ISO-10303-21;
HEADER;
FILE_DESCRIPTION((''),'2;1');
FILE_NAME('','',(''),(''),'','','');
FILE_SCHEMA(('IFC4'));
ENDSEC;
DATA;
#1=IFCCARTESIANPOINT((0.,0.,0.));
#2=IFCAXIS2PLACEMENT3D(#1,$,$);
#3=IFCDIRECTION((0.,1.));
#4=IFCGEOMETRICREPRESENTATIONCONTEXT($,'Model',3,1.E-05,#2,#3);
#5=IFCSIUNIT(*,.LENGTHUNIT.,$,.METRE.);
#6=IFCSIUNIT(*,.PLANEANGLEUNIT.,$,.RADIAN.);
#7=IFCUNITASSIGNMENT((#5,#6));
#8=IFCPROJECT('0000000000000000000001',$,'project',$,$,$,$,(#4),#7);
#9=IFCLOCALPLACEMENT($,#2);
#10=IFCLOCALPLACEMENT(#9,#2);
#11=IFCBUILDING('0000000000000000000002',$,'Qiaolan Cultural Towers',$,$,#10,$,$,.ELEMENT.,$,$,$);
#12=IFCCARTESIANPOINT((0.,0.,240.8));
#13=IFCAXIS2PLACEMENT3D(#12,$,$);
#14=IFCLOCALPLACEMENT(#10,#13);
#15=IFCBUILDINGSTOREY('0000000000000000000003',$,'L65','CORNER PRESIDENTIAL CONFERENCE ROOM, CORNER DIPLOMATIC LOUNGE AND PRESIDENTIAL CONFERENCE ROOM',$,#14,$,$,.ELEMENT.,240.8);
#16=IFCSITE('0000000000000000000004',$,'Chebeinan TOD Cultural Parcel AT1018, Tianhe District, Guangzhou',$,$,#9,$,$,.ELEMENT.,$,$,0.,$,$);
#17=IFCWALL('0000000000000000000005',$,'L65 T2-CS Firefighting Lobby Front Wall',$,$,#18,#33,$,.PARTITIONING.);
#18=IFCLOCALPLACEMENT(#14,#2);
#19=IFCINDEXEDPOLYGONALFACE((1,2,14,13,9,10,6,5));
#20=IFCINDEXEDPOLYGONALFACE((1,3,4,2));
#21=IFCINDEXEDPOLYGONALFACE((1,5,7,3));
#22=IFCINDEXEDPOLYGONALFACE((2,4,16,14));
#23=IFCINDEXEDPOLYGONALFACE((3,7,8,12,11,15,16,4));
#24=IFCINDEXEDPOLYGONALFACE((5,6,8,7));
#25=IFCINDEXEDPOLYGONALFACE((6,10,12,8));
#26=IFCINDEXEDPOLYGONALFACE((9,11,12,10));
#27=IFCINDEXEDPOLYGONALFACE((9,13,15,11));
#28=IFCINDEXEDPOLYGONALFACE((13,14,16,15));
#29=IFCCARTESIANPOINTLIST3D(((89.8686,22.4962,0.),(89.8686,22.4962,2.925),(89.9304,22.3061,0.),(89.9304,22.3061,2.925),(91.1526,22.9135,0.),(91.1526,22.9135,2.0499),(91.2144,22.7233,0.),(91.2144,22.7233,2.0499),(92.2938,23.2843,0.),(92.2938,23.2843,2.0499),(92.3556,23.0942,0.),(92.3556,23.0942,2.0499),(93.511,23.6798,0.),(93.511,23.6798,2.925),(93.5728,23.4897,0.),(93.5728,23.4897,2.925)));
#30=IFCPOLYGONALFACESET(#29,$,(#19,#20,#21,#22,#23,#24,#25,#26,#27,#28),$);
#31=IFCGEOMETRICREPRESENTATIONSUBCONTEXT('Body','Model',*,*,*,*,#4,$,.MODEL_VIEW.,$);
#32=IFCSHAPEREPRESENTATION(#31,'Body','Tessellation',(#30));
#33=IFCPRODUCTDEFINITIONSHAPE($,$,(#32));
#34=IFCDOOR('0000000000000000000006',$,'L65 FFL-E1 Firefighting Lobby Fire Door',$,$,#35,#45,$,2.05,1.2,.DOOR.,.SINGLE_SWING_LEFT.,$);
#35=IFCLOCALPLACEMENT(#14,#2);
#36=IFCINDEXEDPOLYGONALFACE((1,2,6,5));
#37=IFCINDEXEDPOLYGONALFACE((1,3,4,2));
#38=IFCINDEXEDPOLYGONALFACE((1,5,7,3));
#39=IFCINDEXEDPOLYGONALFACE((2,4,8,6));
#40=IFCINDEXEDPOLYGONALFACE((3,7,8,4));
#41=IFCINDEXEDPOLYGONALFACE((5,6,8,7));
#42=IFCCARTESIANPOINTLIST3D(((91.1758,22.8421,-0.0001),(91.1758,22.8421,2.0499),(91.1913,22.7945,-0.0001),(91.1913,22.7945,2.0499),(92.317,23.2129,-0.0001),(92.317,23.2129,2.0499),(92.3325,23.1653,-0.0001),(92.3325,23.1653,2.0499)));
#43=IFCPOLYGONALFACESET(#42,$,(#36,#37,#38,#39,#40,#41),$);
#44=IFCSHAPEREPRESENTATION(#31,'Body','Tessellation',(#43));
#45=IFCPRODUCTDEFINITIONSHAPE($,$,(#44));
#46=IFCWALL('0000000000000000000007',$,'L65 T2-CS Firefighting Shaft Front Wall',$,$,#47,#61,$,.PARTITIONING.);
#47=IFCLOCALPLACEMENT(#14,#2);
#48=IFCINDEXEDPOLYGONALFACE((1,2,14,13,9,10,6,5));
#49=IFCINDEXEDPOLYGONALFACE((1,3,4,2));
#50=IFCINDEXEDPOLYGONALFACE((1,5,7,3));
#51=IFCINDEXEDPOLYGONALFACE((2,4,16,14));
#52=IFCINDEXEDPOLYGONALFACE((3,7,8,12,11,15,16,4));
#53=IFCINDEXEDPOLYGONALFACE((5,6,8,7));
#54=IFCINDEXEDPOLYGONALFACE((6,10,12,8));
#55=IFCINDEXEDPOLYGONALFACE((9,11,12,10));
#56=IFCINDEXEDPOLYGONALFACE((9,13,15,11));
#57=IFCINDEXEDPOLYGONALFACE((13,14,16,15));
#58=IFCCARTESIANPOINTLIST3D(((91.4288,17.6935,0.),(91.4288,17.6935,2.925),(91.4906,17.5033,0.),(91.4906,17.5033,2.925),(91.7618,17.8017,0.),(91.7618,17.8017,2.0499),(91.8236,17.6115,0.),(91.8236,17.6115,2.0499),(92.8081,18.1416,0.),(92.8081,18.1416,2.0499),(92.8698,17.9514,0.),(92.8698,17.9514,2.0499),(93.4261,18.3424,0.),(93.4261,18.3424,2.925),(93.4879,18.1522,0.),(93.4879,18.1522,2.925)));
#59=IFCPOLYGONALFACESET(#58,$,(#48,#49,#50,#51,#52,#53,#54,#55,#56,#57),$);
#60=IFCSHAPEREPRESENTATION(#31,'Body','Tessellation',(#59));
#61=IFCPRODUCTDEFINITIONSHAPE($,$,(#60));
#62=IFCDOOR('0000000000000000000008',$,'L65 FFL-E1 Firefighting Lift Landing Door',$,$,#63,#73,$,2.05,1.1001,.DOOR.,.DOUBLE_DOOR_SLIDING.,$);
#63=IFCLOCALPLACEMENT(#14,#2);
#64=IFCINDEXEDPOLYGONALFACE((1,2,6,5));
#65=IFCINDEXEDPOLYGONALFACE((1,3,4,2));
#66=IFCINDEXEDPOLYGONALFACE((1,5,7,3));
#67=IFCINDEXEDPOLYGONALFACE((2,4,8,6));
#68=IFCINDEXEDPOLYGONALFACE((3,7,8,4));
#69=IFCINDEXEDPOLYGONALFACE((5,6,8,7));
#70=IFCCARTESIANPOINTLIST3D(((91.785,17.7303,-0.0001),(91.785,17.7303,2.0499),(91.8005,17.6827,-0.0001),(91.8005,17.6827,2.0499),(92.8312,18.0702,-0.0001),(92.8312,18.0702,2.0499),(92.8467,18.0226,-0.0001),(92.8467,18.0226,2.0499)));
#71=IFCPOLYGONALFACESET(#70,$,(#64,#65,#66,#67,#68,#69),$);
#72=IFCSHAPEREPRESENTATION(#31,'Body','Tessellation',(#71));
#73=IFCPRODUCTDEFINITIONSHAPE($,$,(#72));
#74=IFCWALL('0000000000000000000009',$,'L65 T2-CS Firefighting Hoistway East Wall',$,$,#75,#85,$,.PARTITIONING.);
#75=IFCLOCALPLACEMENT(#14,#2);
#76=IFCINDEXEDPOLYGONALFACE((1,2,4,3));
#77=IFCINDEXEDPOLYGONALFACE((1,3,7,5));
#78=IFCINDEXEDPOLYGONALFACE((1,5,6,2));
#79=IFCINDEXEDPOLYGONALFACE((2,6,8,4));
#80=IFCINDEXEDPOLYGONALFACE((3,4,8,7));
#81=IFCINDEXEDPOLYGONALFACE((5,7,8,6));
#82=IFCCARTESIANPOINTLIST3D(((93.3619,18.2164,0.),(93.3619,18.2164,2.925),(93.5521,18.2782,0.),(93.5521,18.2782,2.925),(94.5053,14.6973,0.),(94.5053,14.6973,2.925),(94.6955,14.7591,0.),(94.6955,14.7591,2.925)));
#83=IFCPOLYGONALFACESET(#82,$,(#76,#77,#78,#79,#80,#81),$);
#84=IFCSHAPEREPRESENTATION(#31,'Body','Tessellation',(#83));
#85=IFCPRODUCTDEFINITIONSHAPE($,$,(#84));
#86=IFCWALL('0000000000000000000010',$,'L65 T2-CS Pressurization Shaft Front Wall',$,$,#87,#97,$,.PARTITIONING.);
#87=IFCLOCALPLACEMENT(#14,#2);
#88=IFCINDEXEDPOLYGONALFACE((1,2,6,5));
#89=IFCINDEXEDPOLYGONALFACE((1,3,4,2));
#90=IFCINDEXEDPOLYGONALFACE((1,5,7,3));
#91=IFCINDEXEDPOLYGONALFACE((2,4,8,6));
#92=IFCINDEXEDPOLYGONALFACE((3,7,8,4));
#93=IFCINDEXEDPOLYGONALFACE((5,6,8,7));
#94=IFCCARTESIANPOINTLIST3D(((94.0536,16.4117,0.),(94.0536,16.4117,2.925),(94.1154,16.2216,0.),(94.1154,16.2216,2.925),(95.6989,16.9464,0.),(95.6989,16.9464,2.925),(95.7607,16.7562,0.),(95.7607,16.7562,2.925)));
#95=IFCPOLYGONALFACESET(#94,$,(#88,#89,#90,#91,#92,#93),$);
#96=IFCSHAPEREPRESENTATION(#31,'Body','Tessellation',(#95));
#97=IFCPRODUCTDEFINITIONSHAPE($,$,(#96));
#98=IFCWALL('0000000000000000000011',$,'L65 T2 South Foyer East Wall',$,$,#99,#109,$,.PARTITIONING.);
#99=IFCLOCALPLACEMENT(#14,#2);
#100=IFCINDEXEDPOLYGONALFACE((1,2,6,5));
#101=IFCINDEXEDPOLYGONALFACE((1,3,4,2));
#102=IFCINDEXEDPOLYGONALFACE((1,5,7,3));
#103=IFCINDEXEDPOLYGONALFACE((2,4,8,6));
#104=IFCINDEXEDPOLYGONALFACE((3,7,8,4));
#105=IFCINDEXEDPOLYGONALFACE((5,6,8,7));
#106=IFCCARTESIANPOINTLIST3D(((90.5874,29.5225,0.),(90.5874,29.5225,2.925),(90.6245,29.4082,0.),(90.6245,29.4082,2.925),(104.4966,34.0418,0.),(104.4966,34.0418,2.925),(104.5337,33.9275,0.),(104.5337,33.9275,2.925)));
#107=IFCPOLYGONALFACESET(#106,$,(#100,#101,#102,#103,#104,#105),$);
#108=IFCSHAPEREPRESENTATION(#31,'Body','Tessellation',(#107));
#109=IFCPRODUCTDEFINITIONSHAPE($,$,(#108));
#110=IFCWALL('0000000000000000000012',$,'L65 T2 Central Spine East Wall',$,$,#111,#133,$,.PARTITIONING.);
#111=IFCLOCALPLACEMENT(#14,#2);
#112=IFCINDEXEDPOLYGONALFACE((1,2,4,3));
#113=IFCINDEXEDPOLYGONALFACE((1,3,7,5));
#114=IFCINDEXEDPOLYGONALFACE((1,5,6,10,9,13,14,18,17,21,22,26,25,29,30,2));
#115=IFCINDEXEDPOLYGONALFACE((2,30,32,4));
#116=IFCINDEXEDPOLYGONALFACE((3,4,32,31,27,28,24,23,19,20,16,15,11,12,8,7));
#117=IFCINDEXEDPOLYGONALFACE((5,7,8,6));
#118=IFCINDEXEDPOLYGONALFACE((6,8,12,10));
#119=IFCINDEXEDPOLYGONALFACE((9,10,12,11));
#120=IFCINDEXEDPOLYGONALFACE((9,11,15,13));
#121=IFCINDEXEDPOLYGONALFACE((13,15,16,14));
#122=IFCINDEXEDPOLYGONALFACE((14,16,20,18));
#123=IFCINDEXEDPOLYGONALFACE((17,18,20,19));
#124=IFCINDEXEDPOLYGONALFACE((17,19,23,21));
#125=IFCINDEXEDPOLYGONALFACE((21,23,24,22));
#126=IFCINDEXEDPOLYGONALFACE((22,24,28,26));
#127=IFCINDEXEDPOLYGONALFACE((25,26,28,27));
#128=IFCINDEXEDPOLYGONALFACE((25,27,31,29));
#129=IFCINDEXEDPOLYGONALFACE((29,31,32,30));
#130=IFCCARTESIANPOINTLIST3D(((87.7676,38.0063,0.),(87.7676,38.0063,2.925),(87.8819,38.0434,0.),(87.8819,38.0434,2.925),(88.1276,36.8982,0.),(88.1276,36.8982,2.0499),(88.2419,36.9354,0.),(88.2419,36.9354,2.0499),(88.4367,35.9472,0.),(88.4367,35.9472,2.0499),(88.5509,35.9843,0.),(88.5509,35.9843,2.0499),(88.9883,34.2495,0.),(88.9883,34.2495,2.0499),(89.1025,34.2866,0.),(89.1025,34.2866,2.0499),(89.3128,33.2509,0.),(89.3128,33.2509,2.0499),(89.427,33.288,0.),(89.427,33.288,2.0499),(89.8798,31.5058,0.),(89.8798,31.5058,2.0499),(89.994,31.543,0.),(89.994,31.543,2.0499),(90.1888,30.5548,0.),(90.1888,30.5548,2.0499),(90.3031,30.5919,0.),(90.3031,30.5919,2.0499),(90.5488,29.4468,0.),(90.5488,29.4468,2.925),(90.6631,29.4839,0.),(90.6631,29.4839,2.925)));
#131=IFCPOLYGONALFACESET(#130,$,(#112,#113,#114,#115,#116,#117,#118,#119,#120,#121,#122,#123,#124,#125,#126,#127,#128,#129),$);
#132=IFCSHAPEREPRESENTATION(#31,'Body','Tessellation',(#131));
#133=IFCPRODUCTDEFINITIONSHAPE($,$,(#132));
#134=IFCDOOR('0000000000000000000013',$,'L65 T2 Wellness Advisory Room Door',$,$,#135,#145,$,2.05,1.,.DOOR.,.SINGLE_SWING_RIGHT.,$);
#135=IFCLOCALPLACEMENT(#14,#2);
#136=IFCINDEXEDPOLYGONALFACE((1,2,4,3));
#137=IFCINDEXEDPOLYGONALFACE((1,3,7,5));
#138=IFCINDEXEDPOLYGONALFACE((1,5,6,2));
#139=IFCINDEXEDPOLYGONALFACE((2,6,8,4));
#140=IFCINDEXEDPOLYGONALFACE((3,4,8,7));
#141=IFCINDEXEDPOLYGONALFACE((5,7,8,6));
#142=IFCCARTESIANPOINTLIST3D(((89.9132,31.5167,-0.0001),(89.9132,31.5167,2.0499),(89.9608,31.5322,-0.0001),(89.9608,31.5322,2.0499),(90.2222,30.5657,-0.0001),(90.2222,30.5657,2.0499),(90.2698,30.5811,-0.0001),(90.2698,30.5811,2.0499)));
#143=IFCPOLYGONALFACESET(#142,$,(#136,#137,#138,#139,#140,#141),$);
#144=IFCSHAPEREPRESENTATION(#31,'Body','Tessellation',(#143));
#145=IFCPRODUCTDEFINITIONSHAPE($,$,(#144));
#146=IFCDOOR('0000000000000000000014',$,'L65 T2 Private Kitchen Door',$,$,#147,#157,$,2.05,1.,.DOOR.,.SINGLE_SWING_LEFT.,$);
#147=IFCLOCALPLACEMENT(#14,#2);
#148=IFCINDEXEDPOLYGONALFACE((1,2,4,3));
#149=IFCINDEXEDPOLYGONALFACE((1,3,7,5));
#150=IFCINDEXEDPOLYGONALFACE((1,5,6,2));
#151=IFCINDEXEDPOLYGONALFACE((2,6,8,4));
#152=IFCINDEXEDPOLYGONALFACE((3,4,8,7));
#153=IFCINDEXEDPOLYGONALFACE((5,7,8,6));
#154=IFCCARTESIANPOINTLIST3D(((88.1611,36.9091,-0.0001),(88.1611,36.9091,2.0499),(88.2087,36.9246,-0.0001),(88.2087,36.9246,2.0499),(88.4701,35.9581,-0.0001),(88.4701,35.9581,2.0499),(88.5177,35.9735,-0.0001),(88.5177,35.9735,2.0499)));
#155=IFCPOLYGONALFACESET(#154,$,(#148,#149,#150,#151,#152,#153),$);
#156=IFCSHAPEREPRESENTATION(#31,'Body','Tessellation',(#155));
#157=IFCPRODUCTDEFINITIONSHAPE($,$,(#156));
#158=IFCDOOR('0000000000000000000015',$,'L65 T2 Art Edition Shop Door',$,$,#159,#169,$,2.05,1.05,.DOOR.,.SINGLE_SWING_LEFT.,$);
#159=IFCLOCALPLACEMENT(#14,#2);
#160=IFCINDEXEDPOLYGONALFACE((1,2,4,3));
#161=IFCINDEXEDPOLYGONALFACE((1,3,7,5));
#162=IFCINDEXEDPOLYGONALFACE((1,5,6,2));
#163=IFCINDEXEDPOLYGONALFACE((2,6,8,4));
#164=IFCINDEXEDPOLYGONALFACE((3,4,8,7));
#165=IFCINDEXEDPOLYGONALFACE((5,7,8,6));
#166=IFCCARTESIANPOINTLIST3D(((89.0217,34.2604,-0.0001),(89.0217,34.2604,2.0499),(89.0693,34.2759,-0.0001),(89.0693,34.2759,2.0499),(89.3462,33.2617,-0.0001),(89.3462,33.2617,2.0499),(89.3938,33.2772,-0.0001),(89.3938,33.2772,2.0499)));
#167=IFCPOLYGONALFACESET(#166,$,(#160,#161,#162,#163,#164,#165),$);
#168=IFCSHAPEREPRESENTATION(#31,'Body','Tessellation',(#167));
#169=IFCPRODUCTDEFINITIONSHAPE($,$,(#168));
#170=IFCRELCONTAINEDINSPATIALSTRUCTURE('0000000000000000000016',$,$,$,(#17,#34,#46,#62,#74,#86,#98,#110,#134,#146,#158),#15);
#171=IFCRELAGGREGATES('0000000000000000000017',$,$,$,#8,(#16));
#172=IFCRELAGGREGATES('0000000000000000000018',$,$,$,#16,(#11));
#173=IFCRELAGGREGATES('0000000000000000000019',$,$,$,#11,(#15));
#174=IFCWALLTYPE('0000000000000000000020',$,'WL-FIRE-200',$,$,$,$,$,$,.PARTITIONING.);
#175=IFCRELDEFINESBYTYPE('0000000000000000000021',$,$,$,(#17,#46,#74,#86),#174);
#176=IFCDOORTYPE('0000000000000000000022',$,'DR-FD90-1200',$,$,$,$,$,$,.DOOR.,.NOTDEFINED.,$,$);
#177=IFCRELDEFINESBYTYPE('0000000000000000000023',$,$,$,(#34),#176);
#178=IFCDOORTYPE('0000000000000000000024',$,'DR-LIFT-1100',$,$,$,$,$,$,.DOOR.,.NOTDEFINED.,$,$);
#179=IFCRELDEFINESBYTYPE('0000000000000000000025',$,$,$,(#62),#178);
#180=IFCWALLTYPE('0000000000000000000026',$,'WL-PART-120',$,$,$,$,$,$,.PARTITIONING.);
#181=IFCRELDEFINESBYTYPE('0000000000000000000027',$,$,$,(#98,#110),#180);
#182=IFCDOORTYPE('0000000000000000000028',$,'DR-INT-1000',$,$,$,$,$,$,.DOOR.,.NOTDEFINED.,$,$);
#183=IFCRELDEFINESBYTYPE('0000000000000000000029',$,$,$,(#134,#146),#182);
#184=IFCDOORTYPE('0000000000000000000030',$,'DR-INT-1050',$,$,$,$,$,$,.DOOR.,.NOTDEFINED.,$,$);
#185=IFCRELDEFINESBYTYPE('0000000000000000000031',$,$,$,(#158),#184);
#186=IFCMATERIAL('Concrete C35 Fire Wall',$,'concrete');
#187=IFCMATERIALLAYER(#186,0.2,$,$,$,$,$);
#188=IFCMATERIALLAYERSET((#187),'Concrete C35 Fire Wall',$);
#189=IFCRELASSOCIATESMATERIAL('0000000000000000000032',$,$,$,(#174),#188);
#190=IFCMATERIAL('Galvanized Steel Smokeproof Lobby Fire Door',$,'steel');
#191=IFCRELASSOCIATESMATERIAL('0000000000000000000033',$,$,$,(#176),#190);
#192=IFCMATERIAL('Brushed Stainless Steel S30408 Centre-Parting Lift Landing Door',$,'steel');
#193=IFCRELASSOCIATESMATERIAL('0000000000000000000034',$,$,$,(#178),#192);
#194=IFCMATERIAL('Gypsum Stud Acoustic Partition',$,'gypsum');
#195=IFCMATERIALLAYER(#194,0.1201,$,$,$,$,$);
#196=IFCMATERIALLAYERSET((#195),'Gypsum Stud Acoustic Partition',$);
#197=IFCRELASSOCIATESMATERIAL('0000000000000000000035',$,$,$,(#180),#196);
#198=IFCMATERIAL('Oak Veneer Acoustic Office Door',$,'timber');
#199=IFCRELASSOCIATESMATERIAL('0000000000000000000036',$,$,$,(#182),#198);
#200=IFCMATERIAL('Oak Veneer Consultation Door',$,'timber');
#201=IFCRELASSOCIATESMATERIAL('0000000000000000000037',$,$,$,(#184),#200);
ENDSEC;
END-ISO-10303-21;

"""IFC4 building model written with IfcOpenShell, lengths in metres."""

from ifc_helpers import new_model, si_unit, direction, frame, frame_2d, origin, place, context, subcontext, project, spatial, rectangle, extrude, material, layer, layer_set, type_object, element, fill, save


model = new_model("IFC4")

# Units and contexts
model_context = context("Model", 3, precision=1e-05, world=origin(), true_north=direction((0.0, 1.0)))
body_context = subcontext(model_context, "Body", "Model", "MODEL_VIEW")
ifc_project = project(units=[si_unit("LENGTHUNIT", "METRE"), si_unit("PLANEANGLEUNIT", "RADIAN")], contexts=[model_context])

# Site, building, storey
site_placement = place(None, origin())
site = spatial("IfcSite", under=ifc_project, at=site_placement, Name="Chebeinan TOD Cultural Parcel AT1018, Tianhe District, Guangzhou", CompositionType="ELEMENT", RefElevation=0.0)
building_placement = place(site_placement, origin())
building = spatial("IfcBuilding", under=site, at=building_placement, Name="Qiaolan Cultural Towers", CompositionType="ELEMENT")
storey_placement = place(building_placement, frame((0.0, 0.0, 240.8)))
storey = spatial("IfcBuildingStorey", under=building, at=storey_placement, Name="L65", Description="CORNER PRESIDENTIAL CONFERENCE ROOM, CORNER DIPLOMATIC LOUNGE AND PRESIDENTIAL CONFERENCE ROOM", CompositionType="ELEMENT", Elevation=240.8)

# Shared definitions
ifc_material_1 = material(Name="Concrete C35 Fire Wall", Category="concrete")
ifc_layer_1 = layer(ifc_material_1, 0.2)
ifc_layer_set_1 = layer_set([ifc_layer_1], Name="Concrete C35 Fire Wall")
wall_type_1 = type_object("IfcWallType", Name="WL-FIRE-200", PredefinedType="PARTITIONING", material=ifc_layer_set_1)

# Walls, openings, doors
wall_1_placement = place(storey_placement, frame((89.8994, 22.4011, 0.0), z_axis=(0.0, 0.0, 1.0), x_axis=(0.951047, 0.309047, 0.0)))
wall_1 = element("IfcWall", 1, at=wall_1_placement, inside=storey, type_object=wall_type_1, Name="L65 T2-CS Firefighting Lobby Front Wall", PredefinedType="PARTITIONING", context=body_context, shape_type="SweptSolid", body=[
    extrude(rectangle(XDim=3.8298, YDim=0.2, at=frame_2d((1.915, 0.0))), origin(), (0.0, 0.0, 1.0), 2.925),
])
opening_1_placement = place(wall_1_placement, frame((1.3501, 0.0, 0.0)))
opening_1 = element("IfcOpeningElement", 2, at=opening_1_placement, cuts=wall_1, PredefinedType="OPENING", context=body_context, shape_type="SweptSolid", body=[
    extrude(rectangle(XDim=1.2, YDim=2.05, at=frame_2d((0.6001, 1.0249))), frame((0.0, 0.1099, 0.0), z_axis=(0.0, -1.0, 0.0), x_axis=(1.0, 0.0, 0.0)), (0.0, 0.0, 1.0), 0.22),
])
ifc_material_2 = material(Name="Galvanized Steel Smokeproof Lobby Fire Door", Category="steel")
door_type_1 = type_object("IfcDoorType", Name="DR-FD90-1200", OperationType="NOTDEFINED", PredefinedType="DOOR", material=ifc_material_2)
door_1_placement = place(opening_1_placement, origin())
door_1 = element("IfcDoor", 3, at=door_1_placement, inside=storey, type_object=door_type_1, Name="L65 FFL-E1 Firefighting Lobby Fire Door", OperationType="SINGLE_SWING_LEFT", OverallHeight=2.05, OverallWidth=1.2, PredefinedType="DOOR", context=body_context, shape_type="SweptSolid", body=[
    extrude(rectangle(XDim=1.2, YDim=2.05, at=frame_2d((0.6001, 1.0249))), frame((0.0, 0.0249, 0.0), z_axis=(0.0, -1.0, 0.0), x_axis=(1.0, 0.0, 0.0)), (0.0, 0.0, 1.0), 0.05),
])
fill(opening_1, door_1)
wall_2_placement = place(storey_placement, frame((91.4597, 17.5984, 0.0), z_axis=(0.0, 0.0, 1.0), x_axis=(0.951062, 0.308999, 0.0)))
wall_2 = element("IfcWall", 4, at=wall_2_placement, inside=storey, type_object=wall_type_1, Name="L65 T2-CS Firefighting Shaft Front Wall", PredefinedType="PARTITIONING", context=body_context, shape_type="SweptSolid", body=[
    extrude(rectangle(XDim=2.1001, YDim=0.2, at=frame_2d((1.05, 0.0))), origin(), (0.0, 0.0, 1.0), 2.925),
])
opening_2_placement = place(wall_2_placement, frame((0.3501, 0.0, 0.0)))
opening_2 = element("IfcOpeningElement", 5, at=opening_2_placement, cuts=wall_2, PredefinedType="OPENING", context=body_context, shape_type="SweptSolid", body=[
    extrude(rectangle(XDim=1.1001, YDim=2.05, at=frame_2d((0.55, 1.0249))), frame((0.0, 0.1099, 0.0), z_axis=(0.0, -1.0, 0.0), x_axis=(1.0, 0.0, 0.0)), (0.0, 0.0, 1.0), 0.22),
])
ifc_material_3 = material(Name="Brushed Stainless Steel S30408 Centre-Parting Lift Landing Door", Category="steel")
door_type_2 = type_object("IfcDoorType", Name="DR-LIFT-1100", OperationType="NOTDEFINED", PredefinedType="DOOR", material=ifc_material_3)
door_2_placement = place(opening_2_placement, origin())
door_2 = element("IfcDoor", 6, at=door_2_placement, inside=storey, type_object=door_type_2, Name="L65 FFL-E1 Firefighting Lift Landing Door", OperationType="DOUBLE_DOOR_SLIDING", OverallHeight=2.05, OverallWidth=1.1001, PredefinedType="DOOR", context=body_context, shape_type="SweptSolid", body=[
    extrude(rectangle(XDim=1.1001, YDim=2.05, at=frame_2d((0.55, 1.0249))), frame((0.0, 0.0249, 0.0), z_axis=(0.0, -1.0, 0.0), x_axis=(1.0, 0.0, 0.0)), (0.0, 0.0, 1.0), 0.05),
])
fill(opening_2, door_2)

# Walls
wall_3_placement = place(storey_placement, frame((93.457, 18.2473, 0.0), z_axis=(0.0, 0.0, 1.0), x_axis=(0.308994, -0.951064, 0.0)))
element("IfcWall", 7, at=wall_3_placement, inside=storey, type_object=wall_type_1, Name="L65 T2-CS Firefighting Hoistway East Wall", PredefinedType="PARTITIONING", context=body_context, shape_type="SweptSolid", body=[
    extrude(rectangle(XDim=3.7002, YDim=0.2, at=frame_2d((1.8501, 0.0))), origin(), (0.0, 0.0, 1.0), 2.925),
])
wall_4_placement = place(storey_placement, frame((94.0845, 16.3167, 0.0), z_axis=(0.0, 0.0, 1.0), x_axis=(0.951041, 0.309064, 0.0)))
element("IfcWall", 8, at=wall_4_placement, inside=storey, type_object=wall_type_1, Name="L65 T2-CS Pressurization Shaft Front Wall", PredefinedType="PARTITIONING", context=body_context, shape_type="SweptSolid", body=[
    extrude(rectangle(XDim=1.73, YDim=0.2, at=frame_2d((0.865, 0.0))), origin(), (0.0, 0.0, 1.0), 2.925),
])
ifc_material_4 = material(Name="Gypsum Stud Acoustic Partition", Category="gypsum")
ifc_layer_2 = layer(ifc_material_4, 0.1201)
ifc_layer_set_2 = layer_set([ifc_layer_2], Name="Gypsum Stud Acoustic Partition")
wall_type_2 = type_object("IfcWallType", Name="WL-PART-120", PredefinedType="PARTITIONING", material=ifc_layer_set_2)
wall_5_placement = place(storey_placement, frame((90.606, 29.4653, 0.0), z_axis=(0.0, 0.0, 1.0), x_axis=(0.951058, 0.309012, 0.0)))
element("IfcWall", 9, at=wall_5_placement, inside=storey, type_object=wall_type_2, Name="L65 T2 South Foyer East Wall", PredefinedType="PARTITIONING", context=body_context, shape_type="SweptSolid", body=[
    extrude(rectangle(XDim=14.625, YDim=0.1201, at=frame_2d((7.3125, 0.0))), origin(), (0.0, 0.0, 1.0), 2.925),
])

# Wall, openings, doors
wall_6_placement = place(storey_placement, frame((90.606, 29.4653, 0.0), z_axis=(0.0, 0.0, 1.0), x_axis=(-0.309025, 0.951054, 0.0)))
wall_6 = element("IfcWall", 10, at=wall_6_placement, inside=storey, type_object=wall_type_2, Name="L65 T2 Central Spine East Wall", PredefinedType="PARTITIONING", context=body_context, shape_type="SweptSolid", body=[
    extrude(rectangle(XDim=9.0, YDim=0.1201, at=frame_2d((4.5, 0.0))), origin(), (0.0, 0.0, 1.0), 2.925),
])
opening_3_placement = place(wall_6_placement, frame((1.165, 0.0, 0.0)))
opening_3 = element("IfcOpeningElement", 11, at=opening_3_placement, cuts=wall_6, PredefinedType="OPENING", context=body_context, shape_type="SweptSolid", body=[
    extrude(rectangle(XDim=1.0, YDim=2.05, at=frame_2d((0.5, 1.0249))), frame((0.0, 0.0701, 0.0), z_axis=(0.0, -1.0, 0.0), x_axis=(1.0, 0.0, 0.0)), (0.0, 0.0, 1.0), 0.1401),
])
opening_4_placement = place(wall_6_placement, frame((4.0, 0.0, 0.0)))
opening_4 = element("IfcOpeningElement", 12, at=opening_4_placement, cuts=wall_6, PredefinedType="OPENING", context=body_context, shape_type="SweptSolid", body=[
    extrude(rectangle(XDim=1.05, YDim=2.05, at=frame_2d((0.5249, 1.0249))), frame((0.0, 0.0701, 0.0), z_axis=(0.0, -1.0, 0.0), x_axis=(1.0, 0.0, 0.0)), (0.0, 0.0, 1.0), 0.1401),
])
opening_5_placement = place(wall_6_placement, frame((6.835, 0.0, 0.0)))
opening_5 = element("IfcOpeningElement", 13, at=opening_5_placement, cuts=wall_6, PredefinedType="OPENING", context=body_context, shape_type="SweptSolid", body=[
    extrude(rectangle(XDim=1.0, YDim=2.05, at=frame_2d((0.5, 1.0249))), frame((0.0, 0.0701, 0.0), z_axis=(0.0, -1.0, 0.0), x_axis=(1.0, 0.0, 0.0)), (0.0, 0.0, 1.0), 0.1401),
])
ifc_material_5 = material(Name="Oak Veneer Acoustic Office Door", Category="timber")
door_type_3 = type_object("IfcDoorType", Name="DR-INT-1000", OperationType="NOTDEFINED", PredefinedType="DOOR", material=ifc_material_5)
door_3_placement = place(opening_3_placement, origin())
door_3 = element("IfcDoor", 14, at=door_3_placement, inside=storey, type_object=door_type_3, Name="L65 T2 Wellness Advisory Room Door", OperationType="SINGLE_SWING_RIGHT", OverallHeight=2.05, OverallWidth=1.0, PredefinedType="DOOR", context=body_context, shape_type="SweptSolid", body=[
    extrude(rectangle(XDim=1.0, YDim=2.05, at=frame_2d((0.5, 1.0249))), frame((0.0, 0.0249, 0.0), z_axis=(0.0, -1.0, 0.0), x_axis=(1.0, 0.0, 0.0)), (0.0, 0.0, 1.0), 0.05),
])
fill(opening_3, door_3)
door_4_placement = place(opening_5_placement, origin())
door_4 = element("IfcDoor", 15, at=door_4_placement, inside=storey, type_object=door_type_3, Name="L65 T2 Private Kitchen Door", OperationType="SINGLE_SWING_LEFT", OverallHeight=2.05, OverallWidth=1.0, PredefinedType="DOOR", context=body_context, shape_type="SweptSolid", body=[
    extrude(rectangle(XDim=1.0, YDim=2.05, at=frame_2d((0.5, 1.0249))), frame((0.0, 0.0249, 0.0), z_axis=(0.0, -1.0, 0.0), x_axis=(1.0, 0.0, 0.0)), (0.0, 0.0, 1.0), 0.05),
])
fill(opening_5, door_4)
ifc_material_6 = material(Name="Oak Veneer Consultation Door", Category="timber")
door_type_4 = type_object("IfcDoorType", Name="DR-INT-1050", OperationType="NOTDEFINED", PredefinedType="DOOR", material=ifc_material_6)
door_5_placement = place(opening_4_placement, origin())
door_5 = element("IfcDoor", 16, at=door_5_placement, inside=storey, type_object=door_type_4, Name="L65 T2 Art Edition Shop Door", OperationType="SINGLE_SWING_LEFT", OverallHeight=2.05, OverallWidth=1.05, PredefinedType="DOOR", context=body_context, shape_type="SweptSolid", body=[
    extrude(rectangle(XDim=1.05, YDim=2.05, at=frame_2d((0.5249, 1.0249))), frame((0.0, 0.0249, 0.0), z_axis=(0.0, -1.0, 0.0), x_axis=(1.0, 0.0, 0.0)), (0.0, 0.0, 1.0), 0.05),
])
fill(opening_4, door_5)

save(model, "model.ifc")
